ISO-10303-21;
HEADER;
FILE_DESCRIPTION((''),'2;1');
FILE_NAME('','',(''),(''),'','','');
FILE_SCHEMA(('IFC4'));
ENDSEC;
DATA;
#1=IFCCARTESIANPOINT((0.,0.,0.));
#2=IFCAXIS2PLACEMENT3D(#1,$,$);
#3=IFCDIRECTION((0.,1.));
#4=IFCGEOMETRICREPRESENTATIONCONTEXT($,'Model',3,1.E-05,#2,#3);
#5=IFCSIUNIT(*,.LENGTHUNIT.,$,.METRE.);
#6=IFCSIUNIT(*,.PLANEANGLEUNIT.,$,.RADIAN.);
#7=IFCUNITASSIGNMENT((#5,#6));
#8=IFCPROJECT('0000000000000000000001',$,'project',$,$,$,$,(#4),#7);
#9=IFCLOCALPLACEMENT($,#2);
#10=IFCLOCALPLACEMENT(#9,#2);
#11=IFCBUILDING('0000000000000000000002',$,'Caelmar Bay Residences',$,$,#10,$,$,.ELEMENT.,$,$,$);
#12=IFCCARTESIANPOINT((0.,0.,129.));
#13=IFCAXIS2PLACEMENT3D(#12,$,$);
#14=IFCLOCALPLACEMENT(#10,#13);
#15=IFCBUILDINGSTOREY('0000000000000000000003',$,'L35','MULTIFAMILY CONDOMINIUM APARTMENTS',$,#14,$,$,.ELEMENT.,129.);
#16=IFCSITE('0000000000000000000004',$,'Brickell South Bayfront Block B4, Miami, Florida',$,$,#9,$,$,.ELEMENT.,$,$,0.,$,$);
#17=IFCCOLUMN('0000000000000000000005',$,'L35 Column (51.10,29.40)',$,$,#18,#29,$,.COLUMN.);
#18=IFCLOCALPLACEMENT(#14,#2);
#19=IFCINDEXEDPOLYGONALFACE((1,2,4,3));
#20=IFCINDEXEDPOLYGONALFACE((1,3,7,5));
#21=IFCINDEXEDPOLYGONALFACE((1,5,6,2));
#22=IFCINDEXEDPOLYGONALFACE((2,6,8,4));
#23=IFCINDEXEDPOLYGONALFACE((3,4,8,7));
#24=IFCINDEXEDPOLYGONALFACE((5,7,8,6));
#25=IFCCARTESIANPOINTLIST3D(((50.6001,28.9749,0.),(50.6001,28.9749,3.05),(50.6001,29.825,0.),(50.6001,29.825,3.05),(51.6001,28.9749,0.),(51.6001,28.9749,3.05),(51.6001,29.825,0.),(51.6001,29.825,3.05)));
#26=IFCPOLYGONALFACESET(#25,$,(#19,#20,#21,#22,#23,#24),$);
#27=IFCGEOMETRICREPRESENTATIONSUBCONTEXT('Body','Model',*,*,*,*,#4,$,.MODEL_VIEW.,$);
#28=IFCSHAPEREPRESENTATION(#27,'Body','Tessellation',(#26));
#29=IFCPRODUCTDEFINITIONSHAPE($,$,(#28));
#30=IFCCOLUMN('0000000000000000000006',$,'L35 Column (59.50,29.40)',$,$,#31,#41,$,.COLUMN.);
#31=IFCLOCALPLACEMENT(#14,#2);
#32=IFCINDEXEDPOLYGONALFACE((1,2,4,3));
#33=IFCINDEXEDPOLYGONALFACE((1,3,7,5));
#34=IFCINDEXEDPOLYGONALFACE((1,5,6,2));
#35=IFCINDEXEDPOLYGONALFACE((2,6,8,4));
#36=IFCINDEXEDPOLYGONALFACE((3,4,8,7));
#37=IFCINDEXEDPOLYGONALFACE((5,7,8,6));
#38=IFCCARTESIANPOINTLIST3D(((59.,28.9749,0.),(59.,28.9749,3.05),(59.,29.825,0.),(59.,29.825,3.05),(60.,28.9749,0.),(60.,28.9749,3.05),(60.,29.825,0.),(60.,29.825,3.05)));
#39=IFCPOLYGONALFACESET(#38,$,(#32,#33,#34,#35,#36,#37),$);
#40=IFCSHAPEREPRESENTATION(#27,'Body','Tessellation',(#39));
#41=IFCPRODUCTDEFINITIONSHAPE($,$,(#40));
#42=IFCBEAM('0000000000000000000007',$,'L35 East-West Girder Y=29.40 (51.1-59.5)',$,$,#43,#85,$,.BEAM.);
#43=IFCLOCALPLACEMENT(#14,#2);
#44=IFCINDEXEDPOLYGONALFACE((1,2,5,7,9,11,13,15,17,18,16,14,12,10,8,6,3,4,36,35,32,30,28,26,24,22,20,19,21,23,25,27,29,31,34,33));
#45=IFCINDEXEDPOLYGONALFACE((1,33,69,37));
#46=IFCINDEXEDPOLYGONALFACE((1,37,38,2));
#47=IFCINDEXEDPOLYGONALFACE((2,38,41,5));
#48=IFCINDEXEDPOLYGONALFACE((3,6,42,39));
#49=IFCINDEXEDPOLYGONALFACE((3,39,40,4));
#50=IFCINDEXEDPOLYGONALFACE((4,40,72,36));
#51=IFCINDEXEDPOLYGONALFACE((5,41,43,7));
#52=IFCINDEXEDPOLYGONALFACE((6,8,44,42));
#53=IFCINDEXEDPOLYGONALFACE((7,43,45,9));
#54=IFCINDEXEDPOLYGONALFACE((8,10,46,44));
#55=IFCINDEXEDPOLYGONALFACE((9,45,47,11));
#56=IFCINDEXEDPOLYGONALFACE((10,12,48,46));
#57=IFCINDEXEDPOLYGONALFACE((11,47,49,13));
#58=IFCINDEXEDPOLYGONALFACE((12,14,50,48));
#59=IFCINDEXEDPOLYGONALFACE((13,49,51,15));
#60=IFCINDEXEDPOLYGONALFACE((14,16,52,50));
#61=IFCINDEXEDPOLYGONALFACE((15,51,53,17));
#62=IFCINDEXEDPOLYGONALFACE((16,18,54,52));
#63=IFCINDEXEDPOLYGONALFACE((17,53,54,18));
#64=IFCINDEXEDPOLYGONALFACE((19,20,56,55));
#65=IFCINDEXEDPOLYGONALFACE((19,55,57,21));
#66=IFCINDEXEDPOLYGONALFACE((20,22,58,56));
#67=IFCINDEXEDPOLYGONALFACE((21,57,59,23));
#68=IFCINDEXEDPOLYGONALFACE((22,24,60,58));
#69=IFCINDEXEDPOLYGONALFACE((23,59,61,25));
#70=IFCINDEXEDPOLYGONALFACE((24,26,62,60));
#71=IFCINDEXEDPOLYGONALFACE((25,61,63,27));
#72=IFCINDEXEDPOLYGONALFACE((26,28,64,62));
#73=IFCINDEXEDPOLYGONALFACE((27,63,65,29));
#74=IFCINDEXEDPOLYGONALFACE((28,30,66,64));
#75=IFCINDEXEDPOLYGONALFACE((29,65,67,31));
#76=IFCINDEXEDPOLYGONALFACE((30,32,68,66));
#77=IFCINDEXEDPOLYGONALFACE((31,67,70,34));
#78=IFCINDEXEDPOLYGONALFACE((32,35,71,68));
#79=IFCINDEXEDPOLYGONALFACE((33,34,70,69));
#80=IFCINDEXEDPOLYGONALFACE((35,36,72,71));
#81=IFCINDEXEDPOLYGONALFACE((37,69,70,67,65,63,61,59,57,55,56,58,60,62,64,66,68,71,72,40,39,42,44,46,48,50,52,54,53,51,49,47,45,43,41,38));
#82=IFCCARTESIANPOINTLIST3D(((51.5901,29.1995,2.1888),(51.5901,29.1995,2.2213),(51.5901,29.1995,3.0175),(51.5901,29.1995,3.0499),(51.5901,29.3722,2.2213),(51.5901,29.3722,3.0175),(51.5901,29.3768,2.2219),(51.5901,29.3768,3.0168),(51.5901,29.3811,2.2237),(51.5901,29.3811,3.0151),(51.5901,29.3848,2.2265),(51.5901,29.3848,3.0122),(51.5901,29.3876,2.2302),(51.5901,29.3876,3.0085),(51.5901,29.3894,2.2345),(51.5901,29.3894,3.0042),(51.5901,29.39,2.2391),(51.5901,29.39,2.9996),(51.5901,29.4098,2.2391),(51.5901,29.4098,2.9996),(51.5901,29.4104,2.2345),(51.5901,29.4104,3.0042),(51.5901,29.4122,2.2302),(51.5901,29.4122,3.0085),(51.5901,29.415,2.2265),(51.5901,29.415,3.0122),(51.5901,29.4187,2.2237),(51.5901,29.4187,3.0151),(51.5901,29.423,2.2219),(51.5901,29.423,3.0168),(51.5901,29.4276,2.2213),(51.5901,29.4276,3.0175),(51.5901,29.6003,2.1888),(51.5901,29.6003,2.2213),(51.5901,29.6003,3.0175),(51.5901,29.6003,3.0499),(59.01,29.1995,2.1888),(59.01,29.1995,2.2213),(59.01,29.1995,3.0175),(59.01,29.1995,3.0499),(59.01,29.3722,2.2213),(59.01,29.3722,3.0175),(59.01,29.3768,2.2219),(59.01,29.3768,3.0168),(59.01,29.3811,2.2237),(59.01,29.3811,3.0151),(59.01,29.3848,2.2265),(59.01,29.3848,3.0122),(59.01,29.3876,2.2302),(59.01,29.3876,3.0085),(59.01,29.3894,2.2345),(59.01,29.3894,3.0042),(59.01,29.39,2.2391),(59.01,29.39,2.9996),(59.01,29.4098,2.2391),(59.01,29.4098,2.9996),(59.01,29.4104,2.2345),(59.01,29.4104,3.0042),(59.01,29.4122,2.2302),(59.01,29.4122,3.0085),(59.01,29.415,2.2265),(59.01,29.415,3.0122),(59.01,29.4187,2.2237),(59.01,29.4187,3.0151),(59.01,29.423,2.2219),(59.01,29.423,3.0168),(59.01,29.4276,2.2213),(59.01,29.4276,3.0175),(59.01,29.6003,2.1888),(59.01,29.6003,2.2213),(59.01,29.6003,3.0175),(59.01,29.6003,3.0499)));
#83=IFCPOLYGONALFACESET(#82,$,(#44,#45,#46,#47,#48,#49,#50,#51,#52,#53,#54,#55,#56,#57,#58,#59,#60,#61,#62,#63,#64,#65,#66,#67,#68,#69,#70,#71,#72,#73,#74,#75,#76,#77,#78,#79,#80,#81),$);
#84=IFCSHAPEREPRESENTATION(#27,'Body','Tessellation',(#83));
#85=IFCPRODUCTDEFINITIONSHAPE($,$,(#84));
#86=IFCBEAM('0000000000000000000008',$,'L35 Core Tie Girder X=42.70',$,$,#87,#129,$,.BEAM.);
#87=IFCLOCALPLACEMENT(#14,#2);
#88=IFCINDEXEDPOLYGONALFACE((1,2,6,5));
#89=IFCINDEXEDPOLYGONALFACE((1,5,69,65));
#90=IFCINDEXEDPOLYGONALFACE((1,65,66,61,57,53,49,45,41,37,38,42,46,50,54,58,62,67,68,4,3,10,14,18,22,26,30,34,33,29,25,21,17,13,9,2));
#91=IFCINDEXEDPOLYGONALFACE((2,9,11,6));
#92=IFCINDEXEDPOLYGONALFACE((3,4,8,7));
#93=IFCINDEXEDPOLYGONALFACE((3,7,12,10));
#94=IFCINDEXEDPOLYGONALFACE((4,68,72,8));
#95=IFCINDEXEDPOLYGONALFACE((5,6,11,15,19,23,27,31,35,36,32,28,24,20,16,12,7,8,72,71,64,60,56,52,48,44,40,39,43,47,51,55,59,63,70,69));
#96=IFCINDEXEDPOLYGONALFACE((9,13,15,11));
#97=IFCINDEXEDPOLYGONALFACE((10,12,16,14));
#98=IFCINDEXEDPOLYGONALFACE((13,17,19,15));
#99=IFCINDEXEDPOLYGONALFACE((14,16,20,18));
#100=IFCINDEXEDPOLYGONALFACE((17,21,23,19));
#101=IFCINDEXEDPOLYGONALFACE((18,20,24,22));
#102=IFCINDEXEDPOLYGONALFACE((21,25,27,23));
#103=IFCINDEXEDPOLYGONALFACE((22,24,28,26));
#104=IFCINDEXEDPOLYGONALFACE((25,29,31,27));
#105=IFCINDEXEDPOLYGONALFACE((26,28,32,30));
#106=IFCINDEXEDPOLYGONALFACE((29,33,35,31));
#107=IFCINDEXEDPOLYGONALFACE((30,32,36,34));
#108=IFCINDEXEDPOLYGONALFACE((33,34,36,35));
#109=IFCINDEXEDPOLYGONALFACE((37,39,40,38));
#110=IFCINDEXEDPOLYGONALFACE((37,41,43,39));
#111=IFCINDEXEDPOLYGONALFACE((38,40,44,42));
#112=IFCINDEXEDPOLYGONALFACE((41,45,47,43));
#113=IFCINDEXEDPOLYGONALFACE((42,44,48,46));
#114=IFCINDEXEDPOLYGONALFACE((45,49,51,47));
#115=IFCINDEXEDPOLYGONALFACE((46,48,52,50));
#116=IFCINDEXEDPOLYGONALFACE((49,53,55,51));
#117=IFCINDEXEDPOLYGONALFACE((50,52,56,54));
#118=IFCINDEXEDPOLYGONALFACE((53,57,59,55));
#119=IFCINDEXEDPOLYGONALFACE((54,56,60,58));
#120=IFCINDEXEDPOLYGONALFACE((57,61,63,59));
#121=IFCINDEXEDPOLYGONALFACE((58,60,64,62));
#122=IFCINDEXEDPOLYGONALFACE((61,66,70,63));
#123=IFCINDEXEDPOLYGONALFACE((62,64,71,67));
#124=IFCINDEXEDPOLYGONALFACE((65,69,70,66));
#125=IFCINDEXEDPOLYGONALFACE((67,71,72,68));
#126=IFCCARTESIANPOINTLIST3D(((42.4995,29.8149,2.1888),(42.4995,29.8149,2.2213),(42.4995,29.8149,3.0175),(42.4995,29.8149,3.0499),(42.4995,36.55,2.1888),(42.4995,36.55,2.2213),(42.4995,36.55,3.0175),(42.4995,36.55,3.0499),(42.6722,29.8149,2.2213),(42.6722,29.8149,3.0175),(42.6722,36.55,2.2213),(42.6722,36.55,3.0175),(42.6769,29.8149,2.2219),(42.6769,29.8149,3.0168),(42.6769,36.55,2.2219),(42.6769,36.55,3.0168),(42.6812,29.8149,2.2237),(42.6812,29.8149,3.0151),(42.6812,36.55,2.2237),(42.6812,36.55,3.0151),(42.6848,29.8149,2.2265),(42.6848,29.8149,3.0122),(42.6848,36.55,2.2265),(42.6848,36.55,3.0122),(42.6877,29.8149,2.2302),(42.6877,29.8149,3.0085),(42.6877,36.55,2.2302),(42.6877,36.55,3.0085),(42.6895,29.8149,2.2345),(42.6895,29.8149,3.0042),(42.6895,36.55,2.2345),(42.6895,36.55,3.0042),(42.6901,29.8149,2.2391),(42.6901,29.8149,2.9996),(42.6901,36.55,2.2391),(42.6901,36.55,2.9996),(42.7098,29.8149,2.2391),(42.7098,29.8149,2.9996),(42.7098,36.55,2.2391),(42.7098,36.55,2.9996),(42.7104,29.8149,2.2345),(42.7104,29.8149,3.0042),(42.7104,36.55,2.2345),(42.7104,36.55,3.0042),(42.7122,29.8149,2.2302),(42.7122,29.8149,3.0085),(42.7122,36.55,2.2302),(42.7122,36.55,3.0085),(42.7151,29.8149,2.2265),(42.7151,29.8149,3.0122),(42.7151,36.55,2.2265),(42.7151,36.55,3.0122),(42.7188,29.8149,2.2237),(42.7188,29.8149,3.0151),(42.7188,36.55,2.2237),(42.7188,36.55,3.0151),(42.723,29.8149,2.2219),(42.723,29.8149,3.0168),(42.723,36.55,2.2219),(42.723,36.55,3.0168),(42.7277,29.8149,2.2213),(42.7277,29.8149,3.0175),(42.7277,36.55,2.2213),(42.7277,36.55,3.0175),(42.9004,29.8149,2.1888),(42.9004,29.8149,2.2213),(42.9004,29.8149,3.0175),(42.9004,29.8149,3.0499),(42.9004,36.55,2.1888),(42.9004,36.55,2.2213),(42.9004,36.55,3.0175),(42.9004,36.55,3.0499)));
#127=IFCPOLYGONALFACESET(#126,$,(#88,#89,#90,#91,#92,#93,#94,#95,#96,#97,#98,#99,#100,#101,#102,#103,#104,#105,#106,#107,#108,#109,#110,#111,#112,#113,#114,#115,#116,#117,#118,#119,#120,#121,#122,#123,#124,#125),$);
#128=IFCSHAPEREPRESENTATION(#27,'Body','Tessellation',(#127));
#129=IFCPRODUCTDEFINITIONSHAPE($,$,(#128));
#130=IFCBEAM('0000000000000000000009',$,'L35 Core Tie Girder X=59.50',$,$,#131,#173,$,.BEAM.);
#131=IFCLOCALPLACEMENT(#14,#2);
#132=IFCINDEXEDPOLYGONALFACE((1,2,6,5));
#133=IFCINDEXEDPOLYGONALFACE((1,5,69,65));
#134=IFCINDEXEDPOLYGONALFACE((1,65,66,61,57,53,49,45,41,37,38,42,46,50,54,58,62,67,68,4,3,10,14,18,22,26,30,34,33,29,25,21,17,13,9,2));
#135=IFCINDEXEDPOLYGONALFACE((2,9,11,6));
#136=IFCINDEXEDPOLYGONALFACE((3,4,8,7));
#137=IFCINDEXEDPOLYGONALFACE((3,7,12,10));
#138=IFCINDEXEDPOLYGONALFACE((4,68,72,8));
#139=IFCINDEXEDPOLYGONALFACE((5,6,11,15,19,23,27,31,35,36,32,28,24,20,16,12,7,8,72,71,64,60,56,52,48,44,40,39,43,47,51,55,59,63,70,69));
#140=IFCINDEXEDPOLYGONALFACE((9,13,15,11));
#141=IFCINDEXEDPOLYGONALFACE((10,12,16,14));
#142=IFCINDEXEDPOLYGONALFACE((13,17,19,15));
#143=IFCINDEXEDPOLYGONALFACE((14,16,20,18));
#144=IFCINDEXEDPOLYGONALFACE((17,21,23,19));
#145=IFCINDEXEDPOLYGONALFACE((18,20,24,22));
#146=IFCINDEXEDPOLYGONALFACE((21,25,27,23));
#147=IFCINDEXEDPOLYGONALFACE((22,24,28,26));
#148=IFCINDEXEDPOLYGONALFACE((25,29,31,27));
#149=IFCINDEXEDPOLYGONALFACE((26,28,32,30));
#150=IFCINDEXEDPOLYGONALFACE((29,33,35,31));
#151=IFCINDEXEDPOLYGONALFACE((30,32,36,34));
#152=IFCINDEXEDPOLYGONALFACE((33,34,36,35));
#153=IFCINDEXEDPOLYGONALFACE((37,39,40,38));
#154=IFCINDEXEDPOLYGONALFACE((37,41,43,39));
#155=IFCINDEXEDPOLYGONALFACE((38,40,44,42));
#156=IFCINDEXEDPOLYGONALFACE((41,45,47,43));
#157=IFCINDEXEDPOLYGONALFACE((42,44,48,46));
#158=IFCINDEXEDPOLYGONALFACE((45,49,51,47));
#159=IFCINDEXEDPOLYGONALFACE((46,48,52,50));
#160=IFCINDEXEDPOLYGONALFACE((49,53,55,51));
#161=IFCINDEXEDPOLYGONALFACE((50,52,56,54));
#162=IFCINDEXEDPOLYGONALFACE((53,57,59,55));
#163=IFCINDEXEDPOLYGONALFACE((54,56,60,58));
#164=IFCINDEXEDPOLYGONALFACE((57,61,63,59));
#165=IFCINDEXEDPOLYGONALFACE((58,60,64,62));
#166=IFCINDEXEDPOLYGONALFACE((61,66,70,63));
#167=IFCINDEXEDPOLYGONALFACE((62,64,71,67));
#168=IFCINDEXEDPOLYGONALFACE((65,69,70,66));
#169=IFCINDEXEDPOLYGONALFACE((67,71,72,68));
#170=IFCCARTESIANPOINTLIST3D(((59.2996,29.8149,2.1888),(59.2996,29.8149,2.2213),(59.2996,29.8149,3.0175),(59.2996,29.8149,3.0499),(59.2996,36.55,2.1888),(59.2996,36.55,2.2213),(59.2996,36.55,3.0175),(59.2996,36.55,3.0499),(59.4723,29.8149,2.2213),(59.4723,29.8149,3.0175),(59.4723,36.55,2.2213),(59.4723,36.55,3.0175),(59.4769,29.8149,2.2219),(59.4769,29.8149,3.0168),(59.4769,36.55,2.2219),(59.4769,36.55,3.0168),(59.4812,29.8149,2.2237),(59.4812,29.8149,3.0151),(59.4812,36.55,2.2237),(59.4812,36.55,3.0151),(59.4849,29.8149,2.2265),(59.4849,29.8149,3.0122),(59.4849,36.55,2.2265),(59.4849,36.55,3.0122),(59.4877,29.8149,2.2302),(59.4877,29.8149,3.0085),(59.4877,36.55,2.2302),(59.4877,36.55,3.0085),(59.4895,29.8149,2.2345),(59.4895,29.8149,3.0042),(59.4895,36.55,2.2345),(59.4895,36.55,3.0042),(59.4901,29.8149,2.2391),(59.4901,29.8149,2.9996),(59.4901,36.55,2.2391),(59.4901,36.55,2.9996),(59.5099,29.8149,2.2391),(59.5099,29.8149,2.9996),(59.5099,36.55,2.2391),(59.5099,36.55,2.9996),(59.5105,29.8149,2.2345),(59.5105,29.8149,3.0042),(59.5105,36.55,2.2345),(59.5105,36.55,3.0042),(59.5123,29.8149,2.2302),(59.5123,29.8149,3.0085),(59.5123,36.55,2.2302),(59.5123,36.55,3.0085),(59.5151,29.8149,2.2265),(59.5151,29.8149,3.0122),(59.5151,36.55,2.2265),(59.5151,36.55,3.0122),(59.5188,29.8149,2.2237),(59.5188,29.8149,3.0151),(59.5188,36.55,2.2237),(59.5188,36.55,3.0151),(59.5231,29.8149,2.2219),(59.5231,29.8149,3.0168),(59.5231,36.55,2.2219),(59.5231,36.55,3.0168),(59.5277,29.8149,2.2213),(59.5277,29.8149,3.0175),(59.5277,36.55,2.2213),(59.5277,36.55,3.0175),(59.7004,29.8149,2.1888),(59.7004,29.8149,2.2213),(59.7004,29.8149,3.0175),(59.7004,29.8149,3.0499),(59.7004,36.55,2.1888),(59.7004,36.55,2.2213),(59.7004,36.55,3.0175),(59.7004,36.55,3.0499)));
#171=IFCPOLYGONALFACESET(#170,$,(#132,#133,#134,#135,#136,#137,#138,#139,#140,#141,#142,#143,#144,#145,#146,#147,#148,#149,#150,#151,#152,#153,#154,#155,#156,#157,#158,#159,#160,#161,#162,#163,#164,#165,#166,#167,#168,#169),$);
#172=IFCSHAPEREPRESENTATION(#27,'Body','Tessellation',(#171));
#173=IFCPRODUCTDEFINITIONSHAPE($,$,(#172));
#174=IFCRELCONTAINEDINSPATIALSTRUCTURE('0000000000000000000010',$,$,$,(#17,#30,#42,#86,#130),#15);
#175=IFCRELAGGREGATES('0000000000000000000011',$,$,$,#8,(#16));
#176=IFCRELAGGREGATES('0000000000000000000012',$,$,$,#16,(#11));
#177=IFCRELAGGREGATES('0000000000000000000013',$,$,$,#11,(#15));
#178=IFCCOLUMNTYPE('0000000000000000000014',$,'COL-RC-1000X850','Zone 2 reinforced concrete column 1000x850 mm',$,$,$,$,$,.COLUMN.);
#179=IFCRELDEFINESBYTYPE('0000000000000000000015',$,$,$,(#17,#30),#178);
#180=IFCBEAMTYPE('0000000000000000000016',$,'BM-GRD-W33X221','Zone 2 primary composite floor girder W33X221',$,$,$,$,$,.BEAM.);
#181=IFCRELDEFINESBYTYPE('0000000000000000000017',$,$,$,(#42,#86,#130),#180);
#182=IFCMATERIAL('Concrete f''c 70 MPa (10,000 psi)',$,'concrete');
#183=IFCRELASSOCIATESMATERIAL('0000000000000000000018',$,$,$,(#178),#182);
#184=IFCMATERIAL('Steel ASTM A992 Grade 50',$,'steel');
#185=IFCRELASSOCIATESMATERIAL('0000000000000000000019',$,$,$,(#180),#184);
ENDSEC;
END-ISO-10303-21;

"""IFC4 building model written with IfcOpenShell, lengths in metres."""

from ifc_helpers import new_model, si_unit, direction, frame, origin, origin_2d, place, context, subcontext, project, spatial, rectangle, i_section, extrude, material, material_profile, profile_set, type_object, element, save


model = new_model("IFC4")

# Units and contexts
model_context = context("Model", 3, precision=1e-05, world=origin(), true_north=direction((0.0, 1.0)))
body_context = subcontext(model_context, "Body", "Model", "MODEL_VIEW")
ifc_project = project(units=[si_unit("LENGTHUNIT", "METRE"), si_unit("PLANEANGLEUNIT", "RADIAN")], contexts=[model_context])

# Site, building, storey
site_placement = place(None, origin())
site = spatial("IfcSite", under=ifc_project, at=site_placement, Name="Brickell South Bayfront Block B4, Miami, Florida", CompositionType="ELEMENT", RefElevation=0.0)
building_placement = place(site_placement, origin())
building = spatial("IfcBuilding", under=site, at=building_placement, Name="Caelmar Bay Residences", CompositionType="ELEMENT")
storey_placement = place(building_placement, frame((0.0, 0.0, 129.0)))
storey = spatial("IfcBuildingStorey", under=building, at=storey_placement, Name="L35", Description="MULTIFAMILY CONDOMINIUM APARTMENTS", CompositionType="ELEMENT", Elevation=129.0)

# Columns
ifc_material_1 = material(Name="Concrete f'c 70 MPa (10,000 psi)", Category="concrete")
ifc_material_profile_1 = material_profile(ifc_material_1, rectangle(XDim=1.0, YDim=0.8501, at=origin_2d()), Name="RC-COL-1000X850")
ifc_profile_set_1 = profile_set([ifc_material_profile_1], Name="Concrete f'c 70 MPa (10,000 psi)")
column_type = type_object("IfcColumnType", Name="COL-RC-1000X850", Description="Zone 2 reinforced concrete column 1000x850 mm", PredefinedType="COLUMN", material=ifc_profile_set_1)
for number, where, z_axis, x_axis, name in (
    (1, (51.1001, 29.3999, 0.0), (0.0, 0.0, 1.0), (1.0, 0.0, 0.0), "L35 Column (51.10,29.40)"),
    (2, (59.5, 29.3999, 0.0), (0.0, 0.0, 1.0), (1.0, 0.0, 0.0), "L35 Column (59.50,29.40)"),
):
    element("IfcColumn", number, at=place(storey_placement, frame(where, z_axis=z_axis, x_axis=x_axis)), inside=storey, type_object=column_type, Name=name, PredefinedType="COLUMN", context=body_context, shape_type="SweptSolid", body=[
        extrude(rectangle(XDim=1.0, YDim=0.8501, at=origin_2d()), origin(), (0.0, 0.0, 1.0), 3.05),
    ])

# Beams
ifc_material_2 = material(Name="Steel ASTM A992 Grade 50", Category="steel")
ifc_material_profile_2 = material_profile(ifc_material_2, i_section(OverallWidth=0.4009, OverallDepth=0.8611, WebThickness=0.0198, FlangeThickness=0.0325, FilletRadius=0.0178, at=origin_2d()), Name="W33X221")
ifc_profile_set_2 = profile_set([ifc_material_profile_2], Name="Steel ASTM A992 Grade 50")
beam_type_1 = type_object("IfcBeamType", Name="BM-GRD-W33X221", Description="Zone 2 primary composite floor girder W33X221", PredefinedType="BEAM", material=ifc_profile_set_2)
beam_1_placement = place(storey_placement, frame((51.5901, 29.3999, 2.6194), z_axis=(1.0, 0.0, 0.0), x_axis=(0.0, 1.0, 0.0)))
element("IfcBeam", 3, at=beam_1_placement, inside=storey, type_object=beam_type_1, Name="L35 East-West Girder Y=29.40 (51.1-59.5)", PredefinedType="BEAM", context=body_context, shape_type="SweptSolid", body=[
    extrude(i_section(OverallWidth=0.4009, OverallDepth=0.8611, WebThickness=0.0198, FlangeThickness=0.0325, FilletRadius=0.0178, at=origin_2d()), origin(), (0.0, 0.0, 1.0), 7.4199),
])
for number, where, z_axis, x_axis, name in (
    (4, (42.7, 29.8149, 2.6194), (0.0, 1.0, 0.0), (-1.0, 0.0, 0.0), "L35 Core Tie Girder X=42.70"),
    (5, (59.5, 29.8149, 2.6194), (0.0, 1.0, 0.0), (-1.0, 0.0, 0.0), "L35 Core Tie Girder X=59.50"),
):
    element("IfcBeam", number, at=place(storey_placement, frame(where, z_axis=z_axis, x_axis=x_axis)), inside=storey, type_object=beam_type_1, Name=name, PredefinedType="BEAM", context=body_context, shape_type="SweptSolid", body=[
        extrude(i_section(OverallWidth=0.4009, OverallDepth=0.8611, WebThickness=0.0198, FlangeThickness=0.0325, FilletRadius=0.0178, at=origin_2d()), origin(), (0.0, 0.0, 1.0), 6.7351),
    ])

save(model, "model.ifc")
